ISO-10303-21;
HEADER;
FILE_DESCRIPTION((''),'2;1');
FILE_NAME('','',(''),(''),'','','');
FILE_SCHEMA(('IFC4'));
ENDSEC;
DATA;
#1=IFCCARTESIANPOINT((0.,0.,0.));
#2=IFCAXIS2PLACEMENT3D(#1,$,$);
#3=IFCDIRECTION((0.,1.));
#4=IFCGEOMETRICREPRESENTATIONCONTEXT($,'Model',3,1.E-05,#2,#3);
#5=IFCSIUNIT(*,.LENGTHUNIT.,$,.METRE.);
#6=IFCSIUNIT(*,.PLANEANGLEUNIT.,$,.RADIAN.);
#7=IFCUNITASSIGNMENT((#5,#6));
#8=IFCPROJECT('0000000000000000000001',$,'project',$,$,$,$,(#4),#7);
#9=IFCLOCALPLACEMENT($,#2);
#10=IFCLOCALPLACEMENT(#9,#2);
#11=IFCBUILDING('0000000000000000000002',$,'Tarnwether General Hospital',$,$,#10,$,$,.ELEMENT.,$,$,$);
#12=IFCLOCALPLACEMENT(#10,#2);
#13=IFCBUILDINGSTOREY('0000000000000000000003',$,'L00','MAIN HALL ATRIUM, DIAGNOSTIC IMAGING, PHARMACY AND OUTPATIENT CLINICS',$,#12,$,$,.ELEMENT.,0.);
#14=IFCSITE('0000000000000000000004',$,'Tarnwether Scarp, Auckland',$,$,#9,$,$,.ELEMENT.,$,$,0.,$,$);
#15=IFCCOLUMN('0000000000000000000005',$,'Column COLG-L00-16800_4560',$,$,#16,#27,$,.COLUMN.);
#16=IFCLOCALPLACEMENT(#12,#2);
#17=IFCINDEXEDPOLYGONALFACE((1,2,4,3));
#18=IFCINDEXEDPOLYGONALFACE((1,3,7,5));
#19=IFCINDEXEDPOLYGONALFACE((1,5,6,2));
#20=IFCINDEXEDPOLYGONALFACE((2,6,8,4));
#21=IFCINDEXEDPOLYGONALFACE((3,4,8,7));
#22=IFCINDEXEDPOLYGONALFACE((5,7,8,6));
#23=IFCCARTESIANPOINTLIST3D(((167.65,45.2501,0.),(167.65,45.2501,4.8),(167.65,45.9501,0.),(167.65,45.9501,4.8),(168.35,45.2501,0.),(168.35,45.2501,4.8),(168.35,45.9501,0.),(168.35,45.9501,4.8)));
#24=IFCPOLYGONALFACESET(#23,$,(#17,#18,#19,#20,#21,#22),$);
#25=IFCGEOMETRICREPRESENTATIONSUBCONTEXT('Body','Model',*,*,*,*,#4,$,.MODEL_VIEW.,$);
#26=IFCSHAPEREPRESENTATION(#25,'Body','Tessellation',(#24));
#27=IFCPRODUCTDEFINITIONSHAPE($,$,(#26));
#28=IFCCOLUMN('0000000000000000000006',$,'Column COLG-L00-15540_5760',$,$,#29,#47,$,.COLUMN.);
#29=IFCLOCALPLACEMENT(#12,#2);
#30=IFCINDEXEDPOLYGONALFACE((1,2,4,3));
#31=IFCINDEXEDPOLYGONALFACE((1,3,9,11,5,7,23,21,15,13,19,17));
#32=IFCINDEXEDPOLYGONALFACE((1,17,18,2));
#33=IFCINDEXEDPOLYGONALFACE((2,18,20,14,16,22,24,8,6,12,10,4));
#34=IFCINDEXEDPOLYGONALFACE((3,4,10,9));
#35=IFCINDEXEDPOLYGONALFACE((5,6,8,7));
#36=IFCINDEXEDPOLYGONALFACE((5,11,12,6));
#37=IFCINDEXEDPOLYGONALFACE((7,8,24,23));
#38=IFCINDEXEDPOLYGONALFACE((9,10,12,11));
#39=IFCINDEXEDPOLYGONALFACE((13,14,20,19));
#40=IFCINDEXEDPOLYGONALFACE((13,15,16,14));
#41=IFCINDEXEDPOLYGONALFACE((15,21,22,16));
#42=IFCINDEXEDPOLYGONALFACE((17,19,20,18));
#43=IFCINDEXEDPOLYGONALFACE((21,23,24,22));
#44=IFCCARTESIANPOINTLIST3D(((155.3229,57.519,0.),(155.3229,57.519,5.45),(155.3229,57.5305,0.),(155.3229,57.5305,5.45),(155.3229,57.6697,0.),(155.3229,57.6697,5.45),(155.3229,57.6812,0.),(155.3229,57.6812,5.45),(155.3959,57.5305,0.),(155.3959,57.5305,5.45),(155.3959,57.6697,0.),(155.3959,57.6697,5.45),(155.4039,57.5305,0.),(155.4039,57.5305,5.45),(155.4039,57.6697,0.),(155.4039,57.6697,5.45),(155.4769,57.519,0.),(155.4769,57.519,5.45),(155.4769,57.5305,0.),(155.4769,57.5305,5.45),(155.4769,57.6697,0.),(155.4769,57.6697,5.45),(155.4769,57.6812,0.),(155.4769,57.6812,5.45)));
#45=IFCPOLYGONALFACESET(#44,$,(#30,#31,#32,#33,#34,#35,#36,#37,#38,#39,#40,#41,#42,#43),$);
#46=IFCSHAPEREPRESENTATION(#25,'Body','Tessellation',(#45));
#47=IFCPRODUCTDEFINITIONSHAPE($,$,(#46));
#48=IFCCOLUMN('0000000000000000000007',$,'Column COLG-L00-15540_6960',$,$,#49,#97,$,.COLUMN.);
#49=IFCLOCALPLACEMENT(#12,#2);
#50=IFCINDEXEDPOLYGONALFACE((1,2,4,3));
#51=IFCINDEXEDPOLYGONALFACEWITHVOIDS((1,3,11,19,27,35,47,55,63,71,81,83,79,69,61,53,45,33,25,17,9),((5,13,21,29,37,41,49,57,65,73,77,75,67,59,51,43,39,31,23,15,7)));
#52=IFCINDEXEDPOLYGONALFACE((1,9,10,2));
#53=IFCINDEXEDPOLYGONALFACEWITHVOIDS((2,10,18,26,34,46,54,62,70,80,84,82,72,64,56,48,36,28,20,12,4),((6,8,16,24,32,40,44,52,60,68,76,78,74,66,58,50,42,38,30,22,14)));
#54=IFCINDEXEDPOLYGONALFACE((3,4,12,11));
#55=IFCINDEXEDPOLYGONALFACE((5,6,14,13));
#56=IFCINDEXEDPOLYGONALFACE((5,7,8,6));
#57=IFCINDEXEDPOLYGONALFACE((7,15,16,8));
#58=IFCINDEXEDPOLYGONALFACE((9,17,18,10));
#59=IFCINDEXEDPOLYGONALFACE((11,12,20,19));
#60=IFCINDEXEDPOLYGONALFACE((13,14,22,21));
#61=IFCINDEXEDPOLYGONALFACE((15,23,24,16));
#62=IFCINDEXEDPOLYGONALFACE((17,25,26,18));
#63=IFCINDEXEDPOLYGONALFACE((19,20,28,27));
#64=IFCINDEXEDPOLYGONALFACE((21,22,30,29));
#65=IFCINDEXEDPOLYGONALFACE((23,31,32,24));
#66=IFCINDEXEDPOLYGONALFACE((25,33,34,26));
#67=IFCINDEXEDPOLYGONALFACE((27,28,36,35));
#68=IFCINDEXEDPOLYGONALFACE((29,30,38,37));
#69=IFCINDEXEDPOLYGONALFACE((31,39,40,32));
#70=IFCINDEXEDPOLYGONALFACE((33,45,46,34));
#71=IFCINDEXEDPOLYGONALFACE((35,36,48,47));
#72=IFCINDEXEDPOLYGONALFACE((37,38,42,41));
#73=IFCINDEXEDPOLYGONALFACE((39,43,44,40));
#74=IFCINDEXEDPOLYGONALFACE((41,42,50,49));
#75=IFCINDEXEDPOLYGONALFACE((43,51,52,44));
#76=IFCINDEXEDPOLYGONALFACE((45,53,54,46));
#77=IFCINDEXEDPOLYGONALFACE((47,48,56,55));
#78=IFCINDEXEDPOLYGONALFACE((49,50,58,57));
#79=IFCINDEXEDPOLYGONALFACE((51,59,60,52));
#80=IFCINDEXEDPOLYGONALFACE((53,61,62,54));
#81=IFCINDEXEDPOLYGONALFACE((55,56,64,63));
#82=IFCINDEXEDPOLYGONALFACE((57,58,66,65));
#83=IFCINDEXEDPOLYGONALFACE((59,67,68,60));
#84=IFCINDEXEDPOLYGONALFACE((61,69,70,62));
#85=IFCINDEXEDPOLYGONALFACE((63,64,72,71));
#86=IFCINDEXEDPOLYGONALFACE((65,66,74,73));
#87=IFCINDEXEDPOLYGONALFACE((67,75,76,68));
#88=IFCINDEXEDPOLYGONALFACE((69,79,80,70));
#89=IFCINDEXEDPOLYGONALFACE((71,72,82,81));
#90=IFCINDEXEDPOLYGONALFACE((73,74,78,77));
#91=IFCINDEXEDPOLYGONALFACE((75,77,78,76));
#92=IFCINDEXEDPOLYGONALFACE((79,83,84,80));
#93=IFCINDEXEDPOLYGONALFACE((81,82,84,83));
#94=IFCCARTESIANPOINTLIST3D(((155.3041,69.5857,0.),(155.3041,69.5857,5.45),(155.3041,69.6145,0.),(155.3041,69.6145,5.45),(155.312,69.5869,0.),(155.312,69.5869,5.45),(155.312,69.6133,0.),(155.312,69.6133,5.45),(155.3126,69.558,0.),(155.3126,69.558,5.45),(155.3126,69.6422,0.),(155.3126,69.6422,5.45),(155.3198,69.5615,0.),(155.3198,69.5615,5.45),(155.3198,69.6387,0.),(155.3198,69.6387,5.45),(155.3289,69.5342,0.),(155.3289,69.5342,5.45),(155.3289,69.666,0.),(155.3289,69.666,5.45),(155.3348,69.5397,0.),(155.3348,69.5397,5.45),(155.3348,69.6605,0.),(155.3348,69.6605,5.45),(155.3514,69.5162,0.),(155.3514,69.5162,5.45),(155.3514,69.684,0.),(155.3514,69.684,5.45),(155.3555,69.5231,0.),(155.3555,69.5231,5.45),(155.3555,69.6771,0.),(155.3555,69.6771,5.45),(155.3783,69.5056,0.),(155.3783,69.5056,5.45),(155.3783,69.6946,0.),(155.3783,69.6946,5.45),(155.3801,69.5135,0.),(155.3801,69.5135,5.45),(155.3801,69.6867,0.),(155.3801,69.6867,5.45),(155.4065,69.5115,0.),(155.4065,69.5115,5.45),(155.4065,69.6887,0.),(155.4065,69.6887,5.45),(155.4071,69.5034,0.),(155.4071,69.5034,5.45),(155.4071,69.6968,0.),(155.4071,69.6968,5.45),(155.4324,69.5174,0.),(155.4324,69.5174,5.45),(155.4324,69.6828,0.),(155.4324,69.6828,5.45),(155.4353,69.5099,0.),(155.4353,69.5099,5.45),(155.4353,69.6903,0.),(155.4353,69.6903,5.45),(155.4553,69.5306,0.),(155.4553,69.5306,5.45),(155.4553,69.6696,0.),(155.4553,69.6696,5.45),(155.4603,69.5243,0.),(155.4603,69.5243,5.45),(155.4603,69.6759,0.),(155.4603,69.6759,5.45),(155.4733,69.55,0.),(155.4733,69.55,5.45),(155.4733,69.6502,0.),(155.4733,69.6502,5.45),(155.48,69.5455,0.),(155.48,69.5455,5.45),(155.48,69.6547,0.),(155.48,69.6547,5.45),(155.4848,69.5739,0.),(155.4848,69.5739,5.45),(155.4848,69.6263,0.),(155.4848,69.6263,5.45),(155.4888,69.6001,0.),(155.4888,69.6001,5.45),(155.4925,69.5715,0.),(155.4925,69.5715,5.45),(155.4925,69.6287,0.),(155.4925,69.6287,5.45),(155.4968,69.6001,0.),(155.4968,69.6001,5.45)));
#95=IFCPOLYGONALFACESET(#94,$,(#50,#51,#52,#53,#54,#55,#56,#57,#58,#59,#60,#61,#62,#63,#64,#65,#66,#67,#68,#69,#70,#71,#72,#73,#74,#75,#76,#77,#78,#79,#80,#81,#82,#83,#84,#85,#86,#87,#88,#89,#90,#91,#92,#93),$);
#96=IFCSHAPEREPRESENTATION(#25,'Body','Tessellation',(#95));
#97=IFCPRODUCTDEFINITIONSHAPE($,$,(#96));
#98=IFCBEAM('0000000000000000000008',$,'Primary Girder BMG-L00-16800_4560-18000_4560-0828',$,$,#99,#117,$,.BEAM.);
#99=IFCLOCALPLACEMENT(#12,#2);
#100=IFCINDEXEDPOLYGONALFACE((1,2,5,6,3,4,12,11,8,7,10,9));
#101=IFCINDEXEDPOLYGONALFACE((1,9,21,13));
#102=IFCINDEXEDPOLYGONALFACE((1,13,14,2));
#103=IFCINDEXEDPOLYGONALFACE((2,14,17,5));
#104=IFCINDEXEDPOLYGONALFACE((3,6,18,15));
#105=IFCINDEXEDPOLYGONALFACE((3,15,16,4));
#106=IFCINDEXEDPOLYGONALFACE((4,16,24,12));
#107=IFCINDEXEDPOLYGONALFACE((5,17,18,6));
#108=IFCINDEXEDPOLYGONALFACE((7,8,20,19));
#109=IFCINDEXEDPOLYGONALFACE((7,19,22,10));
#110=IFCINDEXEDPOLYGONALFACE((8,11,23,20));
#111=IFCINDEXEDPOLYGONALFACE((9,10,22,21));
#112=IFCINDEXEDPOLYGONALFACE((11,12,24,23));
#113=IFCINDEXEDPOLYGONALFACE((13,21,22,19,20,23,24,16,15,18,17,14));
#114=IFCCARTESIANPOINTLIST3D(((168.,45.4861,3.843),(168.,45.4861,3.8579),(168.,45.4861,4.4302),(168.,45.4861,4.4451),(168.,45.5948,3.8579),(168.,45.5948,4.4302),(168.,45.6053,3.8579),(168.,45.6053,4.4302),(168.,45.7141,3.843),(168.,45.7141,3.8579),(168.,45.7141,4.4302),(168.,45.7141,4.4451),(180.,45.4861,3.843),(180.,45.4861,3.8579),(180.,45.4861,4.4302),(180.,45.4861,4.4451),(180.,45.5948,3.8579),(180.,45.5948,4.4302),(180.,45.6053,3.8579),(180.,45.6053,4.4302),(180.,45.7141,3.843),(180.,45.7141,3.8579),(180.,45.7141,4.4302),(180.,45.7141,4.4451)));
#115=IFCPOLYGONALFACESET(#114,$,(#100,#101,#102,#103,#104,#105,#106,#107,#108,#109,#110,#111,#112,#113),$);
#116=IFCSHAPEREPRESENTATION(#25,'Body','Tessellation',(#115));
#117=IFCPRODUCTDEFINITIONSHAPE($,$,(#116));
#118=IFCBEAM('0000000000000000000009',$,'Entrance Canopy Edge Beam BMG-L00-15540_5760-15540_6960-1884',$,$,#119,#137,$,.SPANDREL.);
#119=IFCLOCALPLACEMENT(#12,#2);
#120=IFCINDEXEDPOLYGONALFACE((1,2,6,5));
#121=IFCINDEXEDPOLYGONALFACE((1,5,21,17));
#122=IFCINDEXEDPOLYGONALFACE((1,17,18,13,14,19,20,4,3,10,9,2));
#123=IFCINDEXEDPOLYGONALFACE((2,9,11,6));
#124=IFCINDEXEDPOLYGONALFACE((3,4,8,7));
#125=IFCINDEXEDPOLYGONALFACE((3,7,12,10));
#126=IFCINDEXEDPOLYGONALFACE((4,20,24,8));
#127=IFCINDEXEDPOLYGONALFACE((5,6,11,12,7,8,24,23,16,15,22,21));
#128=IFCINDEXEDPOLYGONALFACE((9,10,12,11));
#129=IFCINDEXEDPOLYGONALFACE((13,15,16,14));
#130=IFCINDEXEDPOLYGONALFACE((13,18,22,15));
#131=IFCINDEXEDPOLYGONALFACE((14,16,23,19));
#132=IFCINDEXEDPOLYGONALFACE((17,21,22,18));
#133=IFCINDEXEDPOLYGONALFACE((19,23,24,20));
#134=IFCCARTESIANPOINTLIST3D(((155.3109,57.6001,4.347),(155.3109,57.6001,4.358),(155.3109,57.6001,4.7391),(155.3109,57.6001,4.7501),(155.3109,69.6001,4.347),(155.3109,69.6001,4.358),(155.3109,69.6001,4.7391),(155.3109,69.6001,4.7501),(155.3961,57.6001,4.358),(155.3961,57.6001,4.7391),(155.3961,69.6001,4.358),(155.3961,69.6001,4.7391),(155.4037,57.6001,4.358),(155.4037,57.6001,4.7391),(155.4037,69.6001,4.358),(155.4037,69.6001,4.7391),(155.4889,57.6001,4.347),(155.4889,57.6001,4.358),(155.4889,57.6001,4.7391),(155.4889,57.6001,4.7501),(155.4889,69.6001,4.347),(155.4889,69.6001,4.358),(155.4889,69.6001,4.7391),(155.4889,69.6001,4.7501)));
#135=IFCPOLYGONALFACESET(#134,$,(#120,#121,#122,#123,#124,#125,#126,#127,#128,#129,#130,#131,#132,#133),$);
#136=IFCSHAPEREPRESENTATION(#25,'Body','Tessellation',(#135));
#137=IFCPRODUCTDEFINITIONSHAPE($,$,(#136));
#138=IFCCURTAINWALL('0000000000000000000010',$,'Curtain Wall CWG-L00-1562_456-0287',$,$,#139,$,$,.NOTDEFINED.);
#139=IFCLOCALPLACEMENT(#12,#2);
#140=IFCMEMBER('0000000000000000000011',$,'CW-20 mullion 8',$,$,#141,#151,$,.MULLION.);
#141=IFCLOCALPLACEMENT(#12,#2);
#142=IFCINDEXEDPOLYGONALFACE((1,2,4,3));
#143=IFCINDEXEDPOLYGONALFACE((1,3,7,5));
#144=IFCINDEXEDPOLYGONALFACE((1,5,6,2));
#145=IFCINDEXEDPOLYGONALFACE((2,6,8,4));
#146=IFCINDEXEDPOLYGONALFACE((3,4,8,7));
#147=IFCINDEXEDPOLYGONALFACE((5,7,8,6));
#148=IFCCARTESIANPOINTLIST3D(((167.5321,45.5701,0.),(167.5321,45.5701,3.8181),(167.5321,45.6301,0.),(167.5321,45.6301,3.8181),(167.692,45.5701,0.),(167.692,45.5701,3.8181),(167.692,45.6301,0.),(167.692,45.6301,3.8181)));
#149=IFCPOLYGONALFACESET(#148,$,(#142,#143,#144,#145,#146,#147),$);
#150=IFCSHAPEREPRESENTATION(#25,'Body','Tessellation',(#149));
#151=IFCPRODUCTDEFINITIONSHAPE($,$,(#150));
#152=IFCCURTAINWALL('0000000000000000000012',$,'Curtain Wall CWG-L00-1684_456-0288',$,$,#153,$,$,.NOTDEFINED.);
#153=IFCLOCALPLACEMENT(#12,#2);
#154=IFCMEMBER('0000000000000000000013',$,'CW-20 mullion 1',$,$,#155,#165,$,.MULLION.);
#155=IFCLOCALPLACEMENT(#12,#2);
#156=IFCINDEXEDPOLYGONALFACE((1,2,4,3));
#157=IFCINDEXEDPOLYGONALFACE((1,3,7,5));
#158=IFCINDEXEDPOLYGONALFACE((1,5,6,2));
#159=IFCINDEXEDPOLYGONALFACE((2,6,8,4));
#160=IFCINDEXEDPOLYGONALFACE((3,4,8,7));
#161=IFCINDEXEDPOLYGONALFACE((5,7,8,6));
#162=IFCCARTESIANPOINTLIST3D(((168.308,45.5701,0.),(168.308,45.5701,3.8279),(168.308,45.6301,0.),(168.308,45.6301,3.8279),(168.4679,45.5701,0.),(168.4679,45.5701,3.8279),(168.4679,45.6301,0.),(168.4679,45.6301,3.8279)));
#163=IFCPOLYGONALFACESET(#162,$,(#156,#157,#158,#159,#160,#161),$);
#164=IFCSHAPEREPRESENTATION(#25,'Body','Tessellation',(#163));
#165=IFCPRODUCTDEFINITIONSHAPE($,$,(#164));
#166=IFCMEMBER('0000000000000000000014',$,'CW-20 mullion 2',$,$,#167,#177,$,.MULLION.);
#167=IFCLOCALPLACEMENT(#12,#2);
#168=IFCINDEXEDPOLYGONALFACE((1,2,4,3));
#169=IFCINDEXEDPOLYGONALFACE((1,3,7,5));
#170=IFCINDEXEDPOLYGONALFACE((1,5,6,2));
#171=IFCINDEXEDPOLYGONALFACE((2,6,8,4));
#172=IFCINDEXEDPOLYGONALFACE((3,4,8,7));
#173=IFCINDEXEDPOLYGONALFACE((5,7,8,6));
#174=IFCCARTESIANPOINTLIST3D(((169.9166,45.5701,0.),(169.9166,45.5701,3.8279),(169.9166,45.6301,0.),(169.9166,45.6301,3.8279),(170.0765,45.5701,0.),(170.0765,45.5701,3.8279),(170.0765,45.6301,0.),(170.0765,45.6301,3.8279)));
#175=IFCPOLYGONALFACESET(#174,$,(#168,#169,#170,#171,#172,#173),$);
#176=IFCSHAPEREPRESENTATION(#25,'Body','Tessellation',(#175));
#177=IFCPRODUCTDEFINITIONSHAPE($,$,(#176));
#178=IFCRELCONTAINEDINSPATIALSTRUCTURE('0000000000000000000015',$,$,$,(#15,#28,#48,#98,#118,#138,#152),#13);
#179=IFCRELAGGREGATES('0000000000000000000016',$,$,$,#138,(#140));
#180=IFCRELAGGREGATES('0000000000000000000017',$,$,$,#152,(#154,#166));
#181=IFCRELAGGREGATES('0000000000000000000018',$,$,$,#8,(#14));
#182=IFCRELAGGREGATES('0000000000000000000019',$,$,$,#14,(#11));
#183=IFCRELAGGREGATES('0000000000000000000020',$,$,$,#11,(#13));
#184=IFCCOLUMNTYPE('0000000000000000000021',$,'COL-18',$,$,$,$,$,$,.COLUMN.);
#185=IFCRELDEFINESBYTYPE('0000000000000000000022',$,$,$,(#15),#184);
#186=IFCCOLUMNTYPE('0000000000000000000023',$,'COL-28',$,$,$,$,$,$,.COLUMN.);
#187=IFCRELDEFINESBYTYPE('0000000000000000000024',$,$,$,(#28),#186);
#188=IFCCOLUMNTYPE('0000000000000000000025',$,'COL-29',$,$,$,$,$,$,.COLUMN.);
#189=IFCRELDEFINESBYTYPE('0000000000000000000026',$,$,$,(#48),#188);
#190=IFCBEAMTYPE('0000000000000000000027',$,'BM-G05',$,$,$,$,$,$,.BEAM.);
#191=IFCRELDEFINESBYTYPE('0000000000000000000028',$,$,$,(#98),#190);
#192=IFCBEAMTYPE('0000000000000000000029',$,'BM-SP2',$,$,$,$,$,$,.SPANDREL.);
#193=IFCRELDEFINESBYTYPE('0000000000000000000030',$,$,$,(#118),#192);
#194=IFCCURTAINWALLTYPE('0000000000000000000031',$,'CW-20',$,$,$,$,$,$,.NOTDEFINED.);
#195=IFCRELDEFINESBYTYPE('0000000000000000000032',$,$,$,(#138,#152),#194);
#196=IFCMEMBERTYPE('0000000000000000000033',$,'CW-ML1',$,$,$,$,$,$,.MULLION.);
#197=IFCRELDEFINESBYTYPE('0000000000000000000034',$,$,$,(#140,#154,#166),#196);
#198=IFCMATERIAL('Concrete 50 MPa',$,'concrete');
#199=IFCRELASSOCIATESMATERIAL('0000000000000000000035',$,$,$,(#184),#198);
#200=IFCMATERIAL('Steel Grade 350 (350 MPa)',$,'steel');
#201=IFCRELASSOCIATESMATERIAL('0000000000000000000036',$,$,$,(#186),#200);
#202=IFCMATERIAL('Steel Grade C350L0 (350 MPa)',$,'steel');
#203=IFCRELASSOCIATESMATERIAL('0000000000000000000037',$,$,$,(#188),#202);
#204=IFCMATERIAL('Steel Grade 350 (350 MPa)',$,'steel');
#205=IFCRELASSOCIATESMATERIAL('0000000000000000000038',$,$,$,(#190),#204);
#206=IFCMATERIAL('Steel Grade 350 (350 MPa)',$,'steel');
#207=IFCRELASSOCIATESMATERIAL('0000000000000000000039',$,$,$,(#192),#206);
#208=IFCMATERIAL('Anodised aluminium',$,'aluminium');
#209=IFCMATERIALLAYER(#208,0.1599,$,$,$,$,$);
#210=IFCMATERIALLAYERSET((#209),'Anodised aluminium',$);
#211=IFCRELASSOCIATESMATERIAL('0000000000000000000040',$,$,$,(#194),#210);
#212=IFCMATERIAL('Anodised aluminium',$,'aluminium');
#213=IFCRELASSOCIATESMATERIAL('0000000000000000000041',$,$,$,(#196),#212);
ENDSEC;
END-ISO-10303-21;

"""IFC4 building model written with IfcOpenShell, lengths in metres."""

from ifc_helpers import new_model, si_unit, direction, frame, origin, origin_2d, place, context, subcontext, project, spatial, rectangle, hollow_circle, i_section, extrude, material, layer, layer_set, material_profile, profile_set, type_object, element, aggregate, save


model = new_model("IFC4")

# Units and contexts
model_context = context("Model", 3, precision=1e-05, world=origin(), true_north=direction((0.0, 1.0)))
body_context = subcontext(model_context, "Body", "Model", "MODEL_VIEW")
ifc_project = project(units=[si_unit("LENGTHUNIT", "METRE"), si_unit("PLANEANGLEUNIT", "RADIAN")], contexts=[model_context])

# Site, building, storey
site_placement = place(None, origin())
site = spatial("IfcSite", under=ifc_project, at=site_placement, Name="Tarnwether Scarp, Auckland", CompositionType="ELEMENT", RefElevation=0.0)
building_placement = place(site_placement, origin())
building = spatial("IfcBuilding", under=site, at=building_placement, Name="Tarnwether General Hospital", CompositionType="ELEMENT")
storey_placement = place(building_placement, origin())
storey = spatial("IfcBuildingStorey", under=building, at=storey_placement, Name="L00", Description="MAIN HALL ATRIUM, DIAGNOSTIC IMAGING, PHARMACY AND OUTPATIENT CLINICS", CompositionType="ELEMENT", Elevation=0.0)

# Columns
ifc_material_1 = material(Name="Concrete 50 MPa", Category="concrete")
ifc_material_profile_1 = material_profile(ifc_material_1, rectangle(XDim=0.7, YDim=0.7, at=origin_2d()), Name="RC-COL-700x700")
ifc_profile_set_1 = profile_set([ifc_material_profile_1], Name="Concrete 50 MPa")
column_type_1 = type_object("IfcColumnType", Name="COL-18", PredefinedType="COLUMN", material=ifc_profile_set_1)
column_1_placement = place(storey_placement, frame((168.0, 45.6001, 0.0), z_axis=(0.0, 0.0, 1.0), x_axis=(1.0, 0.0, 0.0)))
element("IfcColumn", 1, at=column_1_placement, inside=storey, type_object=column_type_1, Name="Column COLG-L00-16800_4560", PredefinedType="COLUMN", context=body_context, shape_type="SweptSolid", body=[
    extrude(rectangle(XDim=0.7, YDim=0.7, at=origin_2d()), origin(), (0.0, 0.0, 1.0), 4.8),
])
ifc_material_2 = material(Name="Steel Grade 350 (350 MPa)", Category="steel")
ifc_material_profile_2 = material_profile(ifc_material_2, i_section(OverallWidth=0.1541, OverallDepth=0.1621, WebThickness=0.0081, FlangeThickness=0.0115, at=origin_2d()), Name="150UC37.2")
ifc_profile_set_2 = profile_set([ifc_material_profile_2], Name="Steel Grade 350 (350 MPa)")
column_type_2 = type_object("IfcColumnType", Name="COL-28", PredefinedType="COLUMN", material=ifc_profile_set_2)
column_2_placement = place(storey_placement, frame((155.3999, 57.6001, 0.0), z_axis=(0.0, 0.0, 1.0), x_axis=(1.0, 0.0, 0.0)))
element("IfcColumn", 2, at=column_2_placement, inside=storey, type_object=column_type_2, Name="Column COLG-L00-15540_5760", PredefinedType="COLUMN", context=body_context, shape_type="SweptSolid", body=[
    extrude(i_section(OverallWidth=0.1541, OverallDepth=0.1621, WebThickness=0.0081, FlangeThickness=0.0115, at=origin_2d()), origin(), (0.0, 0.0, 1.0), 5.45),
])
ifc_material_3 = material(Name="Steel Grade C350L0 (350 MPa)", Category="steel")
ifc_material_profile_3 = material_profile(ifc_material_3, hollow_circle(Radius=0.0969, WallThickness=0.0081, at=origin_2d()), Name="CHS193.7x8.0")
ifc_profile_set_3 = profile_set([ifc_material_profile_3], Name="Steel Grade C350L0 (350 MPa)")
column_type_3 = type_object("IfcColumnType", Name="COL-29", PredefinedType="COLUMN", material=ifc_profile_set_3)
column_3_placement = place(storey_placement, frame((155.3999, 69.6001, 0.0), z_axis=(0.0, 0.0, 1.0), x_axis=(1.0, 0.0, 0.0)))
element("IfcColumn", 3, at=column_3_placement, inside=storey, type_object=column_type_3, Name="Column COLG-L00-15540_6960", PredefinedType="COLUMN", context=body_context, shape_type="SweptSolid", body=[
    extrude(hollow_circle(Radius=0.0969, WallThickness=0.0081, at=origin_2d()), origin(), (0.0, 0.0, 1.0), 5.45),
])

# Beams
ifc_material_4 = material(Name="Steel Grade 350 (350 MPa)", Category="steel")
ifc_material_profile_4 = material_profile(ifc_material_4, i_section(OverallWidth=0.228, OverallDepth=0.6021, WebThickness=0.0105, FlangeThickness=0.0149, at=origin_2d()), Name="610UB101")
ifc_profile_set_4 = profile_set([ifc_material_profile_4], Name="Steel Grade 350 (350 MPa)")
beam_type_1 = type_object("IfcBeamType", Name="BM-G05", PredefinedType="BEAM", material=ifc_profile_set_4)
beam_1_placement = place(storey_placement, frame((168.0, 45.6001, 4.144), z_axis=(1.0, 0.0, 0.0), x_axis=(0.0, 1.0, 0.0)))
element("IfcBeam", 4, at=beam_1_placement, inside=storey, type_object=beam_type_1, Name="Primary Girder BMG-L00-16800_4560-18000_4560-0828", PredefinedType="BEAM", context=body_context, shape_type="SweptSolid", body=[
    extrude(i_section(OverallWidth=0.228, OverallDepth=0.6021, WebThickness=0.0105, FlangeThickness=0.0149, at=origin_2d()), origin(), (0.0, 0.0, 1.0), 12.0),
])
ifc_material_5 = material(Name="Steel Grade 350 (350 MPa)", Category="steel")
ifc_material_profile_5 = material_profile(ifc_material_5, i_section(OverallWidth=0.178, OverallDepth=0.4031, WebThickness=0.0076, FlangeThickness=0.011, at=origin_2d()), Name="410UB53.7")
ifc_profile_set_5 = profile_set([ifc_material_profile_5], Name="Steel Grade 350 (350 MPa)")
beam_type_2 = type_object("IfcBeamType", Name="BM-SP2", PredefinedType="SPANDREL", material=ifc_profile_set_5)
beam_2_placement = place(storey_placement, frame((155.3999, 57.6001, 4.5486), z_axis=(0.0, 1.0, 0.0), x_axis=(-1.0, 0.0, 0.0)))
element("IfcBeam", 5, at=beam_2_placement, inside=storey, type_object=beam_type_2, Name="Entrance Canopy Edge Beam BMG-L00-15540_5760-15540_6960-1884", PredefinedType="SPANDREL", context=body_context, shape_type="SweptSolid", body=[
    extrude(i_section(OverallWidth=0.178, OverallDepth=0.4031, WebThickness=0.0076, FlangeThickness=0.011, at=origin_2d()), origin(), (0.0, 0.0, 1.0), 12.0),
])

# Curtain wall, member
ifc_material_6 = material(Name="Anodised aluminium", Category="aluminium")
ifc_layer_1 = layer(ifc_material_6, 0.1599)
ifc_layer_set_1 = layer_set([ifc_layer_1], Name="Anodised aluminium")
curtain_wall_type = type_object("IfcCurtainWallType", Name="CW-20", PredefinedType="NOTDEFINED", material=ifc_layer_set_1)
curtain_wall_1_placement = place(storey_placement, origin())
curtain_wall_1 = element("IfcCurtainWall", 6, at=curtain_wall_1_placement, inside=storey, type_object=curtain_wall_type, Name="Curtain Wall CWG-L00-1562_456-0287", PredefinedType="NOTDEFINED")
ifc_material_7 = material(Name="Anodised aluminium", Category="aluminium")
ifc_material_profile_6 = material_profile(ifc_material_7, rectangle(XDim=0.0601, YDim=0.1599, at=origin_2d()), Name="ALU-MUL-60x160")
ifc_profile_set_6 = profile_set([ifc_material_profile_6], Name="Anodised aluminium")
member_type_1 = type_object("IfcMemberType", Name="CW-ML1", PredefinedType="MULLION", material=ifc_profile_set_6)
member_1_placement = place(storey_placement, frame((167.6121, 45.6001, 0.0), z_axis=(0.0, 0.0, 1.0), x_axis=(0.0, 1.0, 0.0)))
member_1 = element("IfcMember", 7, at=member_1_placement, type_object=member_type_1, Name="CW-20 mullion 8", PredefinedType="MULLION", context=body_context, shape_type="SweptSolid", body=[
    extrude(rectangle(XDim=0.0601, YDim=0.1599, at=origin_2d()), origin(), (0.0, 0.0, 1.0), 3.8181),
])
aggregate(curtain_wall_1, [member_1])

# Curtain wall, members
curtain_wall_2_placement = place(storey_placement, origin())
curtain_wall_2 = element("IfcCurtainWall", 8, at=curtain_wall_2_placement, inside=storey, type_object=curtain_wall_type, Name="Curtain Wall CWG-L00-1684_456-0288", PredefinedType="NOTDEFINED")
member_2_placement = place(storey_placement, frame((168.3879, 45.6001, 0.0), z_axis=(0.0, 0.0, 1.0), x_axis=(0.0, 1.0, 0.0)))
member_2 = element("IfcMember", 9, at=member_2_placement, type_object=member_type_1, Name="CW-20 mullion 1", PredefinedType="MULLION", context=body_context, shape_type="SweptSolid", body=[
    extrude(rectangle(XDim=0.0601, YDim=0.1599, at=origin_2d()), origin(), (0.0, 0.0, 1.0), 3.8279),
])
member_3_placement = place(storey_placement, frame((169.9966, 45.6001, 0.0), z_axis=(0.0, 0.0, 1.0), x_axis=(0.0, 1.0, 0.0)))
member_3 = element("IfcMember", 10, at=member_3_placement, type_object=member_type_1, Name="CW-20 mullion 2", PredefinedType="MULLION", context=body_context, shape_type="SweptSolid", body=[
    extrude(rectangle(XDim=0.0601, YDim=0.1599, at=origin_2d()), origin(), (0.0, 0.0, 1.0), 3.8279),
])
aggregate(curtain_wall_2, [member_2, member_3])

save(model, "model.ifc")
